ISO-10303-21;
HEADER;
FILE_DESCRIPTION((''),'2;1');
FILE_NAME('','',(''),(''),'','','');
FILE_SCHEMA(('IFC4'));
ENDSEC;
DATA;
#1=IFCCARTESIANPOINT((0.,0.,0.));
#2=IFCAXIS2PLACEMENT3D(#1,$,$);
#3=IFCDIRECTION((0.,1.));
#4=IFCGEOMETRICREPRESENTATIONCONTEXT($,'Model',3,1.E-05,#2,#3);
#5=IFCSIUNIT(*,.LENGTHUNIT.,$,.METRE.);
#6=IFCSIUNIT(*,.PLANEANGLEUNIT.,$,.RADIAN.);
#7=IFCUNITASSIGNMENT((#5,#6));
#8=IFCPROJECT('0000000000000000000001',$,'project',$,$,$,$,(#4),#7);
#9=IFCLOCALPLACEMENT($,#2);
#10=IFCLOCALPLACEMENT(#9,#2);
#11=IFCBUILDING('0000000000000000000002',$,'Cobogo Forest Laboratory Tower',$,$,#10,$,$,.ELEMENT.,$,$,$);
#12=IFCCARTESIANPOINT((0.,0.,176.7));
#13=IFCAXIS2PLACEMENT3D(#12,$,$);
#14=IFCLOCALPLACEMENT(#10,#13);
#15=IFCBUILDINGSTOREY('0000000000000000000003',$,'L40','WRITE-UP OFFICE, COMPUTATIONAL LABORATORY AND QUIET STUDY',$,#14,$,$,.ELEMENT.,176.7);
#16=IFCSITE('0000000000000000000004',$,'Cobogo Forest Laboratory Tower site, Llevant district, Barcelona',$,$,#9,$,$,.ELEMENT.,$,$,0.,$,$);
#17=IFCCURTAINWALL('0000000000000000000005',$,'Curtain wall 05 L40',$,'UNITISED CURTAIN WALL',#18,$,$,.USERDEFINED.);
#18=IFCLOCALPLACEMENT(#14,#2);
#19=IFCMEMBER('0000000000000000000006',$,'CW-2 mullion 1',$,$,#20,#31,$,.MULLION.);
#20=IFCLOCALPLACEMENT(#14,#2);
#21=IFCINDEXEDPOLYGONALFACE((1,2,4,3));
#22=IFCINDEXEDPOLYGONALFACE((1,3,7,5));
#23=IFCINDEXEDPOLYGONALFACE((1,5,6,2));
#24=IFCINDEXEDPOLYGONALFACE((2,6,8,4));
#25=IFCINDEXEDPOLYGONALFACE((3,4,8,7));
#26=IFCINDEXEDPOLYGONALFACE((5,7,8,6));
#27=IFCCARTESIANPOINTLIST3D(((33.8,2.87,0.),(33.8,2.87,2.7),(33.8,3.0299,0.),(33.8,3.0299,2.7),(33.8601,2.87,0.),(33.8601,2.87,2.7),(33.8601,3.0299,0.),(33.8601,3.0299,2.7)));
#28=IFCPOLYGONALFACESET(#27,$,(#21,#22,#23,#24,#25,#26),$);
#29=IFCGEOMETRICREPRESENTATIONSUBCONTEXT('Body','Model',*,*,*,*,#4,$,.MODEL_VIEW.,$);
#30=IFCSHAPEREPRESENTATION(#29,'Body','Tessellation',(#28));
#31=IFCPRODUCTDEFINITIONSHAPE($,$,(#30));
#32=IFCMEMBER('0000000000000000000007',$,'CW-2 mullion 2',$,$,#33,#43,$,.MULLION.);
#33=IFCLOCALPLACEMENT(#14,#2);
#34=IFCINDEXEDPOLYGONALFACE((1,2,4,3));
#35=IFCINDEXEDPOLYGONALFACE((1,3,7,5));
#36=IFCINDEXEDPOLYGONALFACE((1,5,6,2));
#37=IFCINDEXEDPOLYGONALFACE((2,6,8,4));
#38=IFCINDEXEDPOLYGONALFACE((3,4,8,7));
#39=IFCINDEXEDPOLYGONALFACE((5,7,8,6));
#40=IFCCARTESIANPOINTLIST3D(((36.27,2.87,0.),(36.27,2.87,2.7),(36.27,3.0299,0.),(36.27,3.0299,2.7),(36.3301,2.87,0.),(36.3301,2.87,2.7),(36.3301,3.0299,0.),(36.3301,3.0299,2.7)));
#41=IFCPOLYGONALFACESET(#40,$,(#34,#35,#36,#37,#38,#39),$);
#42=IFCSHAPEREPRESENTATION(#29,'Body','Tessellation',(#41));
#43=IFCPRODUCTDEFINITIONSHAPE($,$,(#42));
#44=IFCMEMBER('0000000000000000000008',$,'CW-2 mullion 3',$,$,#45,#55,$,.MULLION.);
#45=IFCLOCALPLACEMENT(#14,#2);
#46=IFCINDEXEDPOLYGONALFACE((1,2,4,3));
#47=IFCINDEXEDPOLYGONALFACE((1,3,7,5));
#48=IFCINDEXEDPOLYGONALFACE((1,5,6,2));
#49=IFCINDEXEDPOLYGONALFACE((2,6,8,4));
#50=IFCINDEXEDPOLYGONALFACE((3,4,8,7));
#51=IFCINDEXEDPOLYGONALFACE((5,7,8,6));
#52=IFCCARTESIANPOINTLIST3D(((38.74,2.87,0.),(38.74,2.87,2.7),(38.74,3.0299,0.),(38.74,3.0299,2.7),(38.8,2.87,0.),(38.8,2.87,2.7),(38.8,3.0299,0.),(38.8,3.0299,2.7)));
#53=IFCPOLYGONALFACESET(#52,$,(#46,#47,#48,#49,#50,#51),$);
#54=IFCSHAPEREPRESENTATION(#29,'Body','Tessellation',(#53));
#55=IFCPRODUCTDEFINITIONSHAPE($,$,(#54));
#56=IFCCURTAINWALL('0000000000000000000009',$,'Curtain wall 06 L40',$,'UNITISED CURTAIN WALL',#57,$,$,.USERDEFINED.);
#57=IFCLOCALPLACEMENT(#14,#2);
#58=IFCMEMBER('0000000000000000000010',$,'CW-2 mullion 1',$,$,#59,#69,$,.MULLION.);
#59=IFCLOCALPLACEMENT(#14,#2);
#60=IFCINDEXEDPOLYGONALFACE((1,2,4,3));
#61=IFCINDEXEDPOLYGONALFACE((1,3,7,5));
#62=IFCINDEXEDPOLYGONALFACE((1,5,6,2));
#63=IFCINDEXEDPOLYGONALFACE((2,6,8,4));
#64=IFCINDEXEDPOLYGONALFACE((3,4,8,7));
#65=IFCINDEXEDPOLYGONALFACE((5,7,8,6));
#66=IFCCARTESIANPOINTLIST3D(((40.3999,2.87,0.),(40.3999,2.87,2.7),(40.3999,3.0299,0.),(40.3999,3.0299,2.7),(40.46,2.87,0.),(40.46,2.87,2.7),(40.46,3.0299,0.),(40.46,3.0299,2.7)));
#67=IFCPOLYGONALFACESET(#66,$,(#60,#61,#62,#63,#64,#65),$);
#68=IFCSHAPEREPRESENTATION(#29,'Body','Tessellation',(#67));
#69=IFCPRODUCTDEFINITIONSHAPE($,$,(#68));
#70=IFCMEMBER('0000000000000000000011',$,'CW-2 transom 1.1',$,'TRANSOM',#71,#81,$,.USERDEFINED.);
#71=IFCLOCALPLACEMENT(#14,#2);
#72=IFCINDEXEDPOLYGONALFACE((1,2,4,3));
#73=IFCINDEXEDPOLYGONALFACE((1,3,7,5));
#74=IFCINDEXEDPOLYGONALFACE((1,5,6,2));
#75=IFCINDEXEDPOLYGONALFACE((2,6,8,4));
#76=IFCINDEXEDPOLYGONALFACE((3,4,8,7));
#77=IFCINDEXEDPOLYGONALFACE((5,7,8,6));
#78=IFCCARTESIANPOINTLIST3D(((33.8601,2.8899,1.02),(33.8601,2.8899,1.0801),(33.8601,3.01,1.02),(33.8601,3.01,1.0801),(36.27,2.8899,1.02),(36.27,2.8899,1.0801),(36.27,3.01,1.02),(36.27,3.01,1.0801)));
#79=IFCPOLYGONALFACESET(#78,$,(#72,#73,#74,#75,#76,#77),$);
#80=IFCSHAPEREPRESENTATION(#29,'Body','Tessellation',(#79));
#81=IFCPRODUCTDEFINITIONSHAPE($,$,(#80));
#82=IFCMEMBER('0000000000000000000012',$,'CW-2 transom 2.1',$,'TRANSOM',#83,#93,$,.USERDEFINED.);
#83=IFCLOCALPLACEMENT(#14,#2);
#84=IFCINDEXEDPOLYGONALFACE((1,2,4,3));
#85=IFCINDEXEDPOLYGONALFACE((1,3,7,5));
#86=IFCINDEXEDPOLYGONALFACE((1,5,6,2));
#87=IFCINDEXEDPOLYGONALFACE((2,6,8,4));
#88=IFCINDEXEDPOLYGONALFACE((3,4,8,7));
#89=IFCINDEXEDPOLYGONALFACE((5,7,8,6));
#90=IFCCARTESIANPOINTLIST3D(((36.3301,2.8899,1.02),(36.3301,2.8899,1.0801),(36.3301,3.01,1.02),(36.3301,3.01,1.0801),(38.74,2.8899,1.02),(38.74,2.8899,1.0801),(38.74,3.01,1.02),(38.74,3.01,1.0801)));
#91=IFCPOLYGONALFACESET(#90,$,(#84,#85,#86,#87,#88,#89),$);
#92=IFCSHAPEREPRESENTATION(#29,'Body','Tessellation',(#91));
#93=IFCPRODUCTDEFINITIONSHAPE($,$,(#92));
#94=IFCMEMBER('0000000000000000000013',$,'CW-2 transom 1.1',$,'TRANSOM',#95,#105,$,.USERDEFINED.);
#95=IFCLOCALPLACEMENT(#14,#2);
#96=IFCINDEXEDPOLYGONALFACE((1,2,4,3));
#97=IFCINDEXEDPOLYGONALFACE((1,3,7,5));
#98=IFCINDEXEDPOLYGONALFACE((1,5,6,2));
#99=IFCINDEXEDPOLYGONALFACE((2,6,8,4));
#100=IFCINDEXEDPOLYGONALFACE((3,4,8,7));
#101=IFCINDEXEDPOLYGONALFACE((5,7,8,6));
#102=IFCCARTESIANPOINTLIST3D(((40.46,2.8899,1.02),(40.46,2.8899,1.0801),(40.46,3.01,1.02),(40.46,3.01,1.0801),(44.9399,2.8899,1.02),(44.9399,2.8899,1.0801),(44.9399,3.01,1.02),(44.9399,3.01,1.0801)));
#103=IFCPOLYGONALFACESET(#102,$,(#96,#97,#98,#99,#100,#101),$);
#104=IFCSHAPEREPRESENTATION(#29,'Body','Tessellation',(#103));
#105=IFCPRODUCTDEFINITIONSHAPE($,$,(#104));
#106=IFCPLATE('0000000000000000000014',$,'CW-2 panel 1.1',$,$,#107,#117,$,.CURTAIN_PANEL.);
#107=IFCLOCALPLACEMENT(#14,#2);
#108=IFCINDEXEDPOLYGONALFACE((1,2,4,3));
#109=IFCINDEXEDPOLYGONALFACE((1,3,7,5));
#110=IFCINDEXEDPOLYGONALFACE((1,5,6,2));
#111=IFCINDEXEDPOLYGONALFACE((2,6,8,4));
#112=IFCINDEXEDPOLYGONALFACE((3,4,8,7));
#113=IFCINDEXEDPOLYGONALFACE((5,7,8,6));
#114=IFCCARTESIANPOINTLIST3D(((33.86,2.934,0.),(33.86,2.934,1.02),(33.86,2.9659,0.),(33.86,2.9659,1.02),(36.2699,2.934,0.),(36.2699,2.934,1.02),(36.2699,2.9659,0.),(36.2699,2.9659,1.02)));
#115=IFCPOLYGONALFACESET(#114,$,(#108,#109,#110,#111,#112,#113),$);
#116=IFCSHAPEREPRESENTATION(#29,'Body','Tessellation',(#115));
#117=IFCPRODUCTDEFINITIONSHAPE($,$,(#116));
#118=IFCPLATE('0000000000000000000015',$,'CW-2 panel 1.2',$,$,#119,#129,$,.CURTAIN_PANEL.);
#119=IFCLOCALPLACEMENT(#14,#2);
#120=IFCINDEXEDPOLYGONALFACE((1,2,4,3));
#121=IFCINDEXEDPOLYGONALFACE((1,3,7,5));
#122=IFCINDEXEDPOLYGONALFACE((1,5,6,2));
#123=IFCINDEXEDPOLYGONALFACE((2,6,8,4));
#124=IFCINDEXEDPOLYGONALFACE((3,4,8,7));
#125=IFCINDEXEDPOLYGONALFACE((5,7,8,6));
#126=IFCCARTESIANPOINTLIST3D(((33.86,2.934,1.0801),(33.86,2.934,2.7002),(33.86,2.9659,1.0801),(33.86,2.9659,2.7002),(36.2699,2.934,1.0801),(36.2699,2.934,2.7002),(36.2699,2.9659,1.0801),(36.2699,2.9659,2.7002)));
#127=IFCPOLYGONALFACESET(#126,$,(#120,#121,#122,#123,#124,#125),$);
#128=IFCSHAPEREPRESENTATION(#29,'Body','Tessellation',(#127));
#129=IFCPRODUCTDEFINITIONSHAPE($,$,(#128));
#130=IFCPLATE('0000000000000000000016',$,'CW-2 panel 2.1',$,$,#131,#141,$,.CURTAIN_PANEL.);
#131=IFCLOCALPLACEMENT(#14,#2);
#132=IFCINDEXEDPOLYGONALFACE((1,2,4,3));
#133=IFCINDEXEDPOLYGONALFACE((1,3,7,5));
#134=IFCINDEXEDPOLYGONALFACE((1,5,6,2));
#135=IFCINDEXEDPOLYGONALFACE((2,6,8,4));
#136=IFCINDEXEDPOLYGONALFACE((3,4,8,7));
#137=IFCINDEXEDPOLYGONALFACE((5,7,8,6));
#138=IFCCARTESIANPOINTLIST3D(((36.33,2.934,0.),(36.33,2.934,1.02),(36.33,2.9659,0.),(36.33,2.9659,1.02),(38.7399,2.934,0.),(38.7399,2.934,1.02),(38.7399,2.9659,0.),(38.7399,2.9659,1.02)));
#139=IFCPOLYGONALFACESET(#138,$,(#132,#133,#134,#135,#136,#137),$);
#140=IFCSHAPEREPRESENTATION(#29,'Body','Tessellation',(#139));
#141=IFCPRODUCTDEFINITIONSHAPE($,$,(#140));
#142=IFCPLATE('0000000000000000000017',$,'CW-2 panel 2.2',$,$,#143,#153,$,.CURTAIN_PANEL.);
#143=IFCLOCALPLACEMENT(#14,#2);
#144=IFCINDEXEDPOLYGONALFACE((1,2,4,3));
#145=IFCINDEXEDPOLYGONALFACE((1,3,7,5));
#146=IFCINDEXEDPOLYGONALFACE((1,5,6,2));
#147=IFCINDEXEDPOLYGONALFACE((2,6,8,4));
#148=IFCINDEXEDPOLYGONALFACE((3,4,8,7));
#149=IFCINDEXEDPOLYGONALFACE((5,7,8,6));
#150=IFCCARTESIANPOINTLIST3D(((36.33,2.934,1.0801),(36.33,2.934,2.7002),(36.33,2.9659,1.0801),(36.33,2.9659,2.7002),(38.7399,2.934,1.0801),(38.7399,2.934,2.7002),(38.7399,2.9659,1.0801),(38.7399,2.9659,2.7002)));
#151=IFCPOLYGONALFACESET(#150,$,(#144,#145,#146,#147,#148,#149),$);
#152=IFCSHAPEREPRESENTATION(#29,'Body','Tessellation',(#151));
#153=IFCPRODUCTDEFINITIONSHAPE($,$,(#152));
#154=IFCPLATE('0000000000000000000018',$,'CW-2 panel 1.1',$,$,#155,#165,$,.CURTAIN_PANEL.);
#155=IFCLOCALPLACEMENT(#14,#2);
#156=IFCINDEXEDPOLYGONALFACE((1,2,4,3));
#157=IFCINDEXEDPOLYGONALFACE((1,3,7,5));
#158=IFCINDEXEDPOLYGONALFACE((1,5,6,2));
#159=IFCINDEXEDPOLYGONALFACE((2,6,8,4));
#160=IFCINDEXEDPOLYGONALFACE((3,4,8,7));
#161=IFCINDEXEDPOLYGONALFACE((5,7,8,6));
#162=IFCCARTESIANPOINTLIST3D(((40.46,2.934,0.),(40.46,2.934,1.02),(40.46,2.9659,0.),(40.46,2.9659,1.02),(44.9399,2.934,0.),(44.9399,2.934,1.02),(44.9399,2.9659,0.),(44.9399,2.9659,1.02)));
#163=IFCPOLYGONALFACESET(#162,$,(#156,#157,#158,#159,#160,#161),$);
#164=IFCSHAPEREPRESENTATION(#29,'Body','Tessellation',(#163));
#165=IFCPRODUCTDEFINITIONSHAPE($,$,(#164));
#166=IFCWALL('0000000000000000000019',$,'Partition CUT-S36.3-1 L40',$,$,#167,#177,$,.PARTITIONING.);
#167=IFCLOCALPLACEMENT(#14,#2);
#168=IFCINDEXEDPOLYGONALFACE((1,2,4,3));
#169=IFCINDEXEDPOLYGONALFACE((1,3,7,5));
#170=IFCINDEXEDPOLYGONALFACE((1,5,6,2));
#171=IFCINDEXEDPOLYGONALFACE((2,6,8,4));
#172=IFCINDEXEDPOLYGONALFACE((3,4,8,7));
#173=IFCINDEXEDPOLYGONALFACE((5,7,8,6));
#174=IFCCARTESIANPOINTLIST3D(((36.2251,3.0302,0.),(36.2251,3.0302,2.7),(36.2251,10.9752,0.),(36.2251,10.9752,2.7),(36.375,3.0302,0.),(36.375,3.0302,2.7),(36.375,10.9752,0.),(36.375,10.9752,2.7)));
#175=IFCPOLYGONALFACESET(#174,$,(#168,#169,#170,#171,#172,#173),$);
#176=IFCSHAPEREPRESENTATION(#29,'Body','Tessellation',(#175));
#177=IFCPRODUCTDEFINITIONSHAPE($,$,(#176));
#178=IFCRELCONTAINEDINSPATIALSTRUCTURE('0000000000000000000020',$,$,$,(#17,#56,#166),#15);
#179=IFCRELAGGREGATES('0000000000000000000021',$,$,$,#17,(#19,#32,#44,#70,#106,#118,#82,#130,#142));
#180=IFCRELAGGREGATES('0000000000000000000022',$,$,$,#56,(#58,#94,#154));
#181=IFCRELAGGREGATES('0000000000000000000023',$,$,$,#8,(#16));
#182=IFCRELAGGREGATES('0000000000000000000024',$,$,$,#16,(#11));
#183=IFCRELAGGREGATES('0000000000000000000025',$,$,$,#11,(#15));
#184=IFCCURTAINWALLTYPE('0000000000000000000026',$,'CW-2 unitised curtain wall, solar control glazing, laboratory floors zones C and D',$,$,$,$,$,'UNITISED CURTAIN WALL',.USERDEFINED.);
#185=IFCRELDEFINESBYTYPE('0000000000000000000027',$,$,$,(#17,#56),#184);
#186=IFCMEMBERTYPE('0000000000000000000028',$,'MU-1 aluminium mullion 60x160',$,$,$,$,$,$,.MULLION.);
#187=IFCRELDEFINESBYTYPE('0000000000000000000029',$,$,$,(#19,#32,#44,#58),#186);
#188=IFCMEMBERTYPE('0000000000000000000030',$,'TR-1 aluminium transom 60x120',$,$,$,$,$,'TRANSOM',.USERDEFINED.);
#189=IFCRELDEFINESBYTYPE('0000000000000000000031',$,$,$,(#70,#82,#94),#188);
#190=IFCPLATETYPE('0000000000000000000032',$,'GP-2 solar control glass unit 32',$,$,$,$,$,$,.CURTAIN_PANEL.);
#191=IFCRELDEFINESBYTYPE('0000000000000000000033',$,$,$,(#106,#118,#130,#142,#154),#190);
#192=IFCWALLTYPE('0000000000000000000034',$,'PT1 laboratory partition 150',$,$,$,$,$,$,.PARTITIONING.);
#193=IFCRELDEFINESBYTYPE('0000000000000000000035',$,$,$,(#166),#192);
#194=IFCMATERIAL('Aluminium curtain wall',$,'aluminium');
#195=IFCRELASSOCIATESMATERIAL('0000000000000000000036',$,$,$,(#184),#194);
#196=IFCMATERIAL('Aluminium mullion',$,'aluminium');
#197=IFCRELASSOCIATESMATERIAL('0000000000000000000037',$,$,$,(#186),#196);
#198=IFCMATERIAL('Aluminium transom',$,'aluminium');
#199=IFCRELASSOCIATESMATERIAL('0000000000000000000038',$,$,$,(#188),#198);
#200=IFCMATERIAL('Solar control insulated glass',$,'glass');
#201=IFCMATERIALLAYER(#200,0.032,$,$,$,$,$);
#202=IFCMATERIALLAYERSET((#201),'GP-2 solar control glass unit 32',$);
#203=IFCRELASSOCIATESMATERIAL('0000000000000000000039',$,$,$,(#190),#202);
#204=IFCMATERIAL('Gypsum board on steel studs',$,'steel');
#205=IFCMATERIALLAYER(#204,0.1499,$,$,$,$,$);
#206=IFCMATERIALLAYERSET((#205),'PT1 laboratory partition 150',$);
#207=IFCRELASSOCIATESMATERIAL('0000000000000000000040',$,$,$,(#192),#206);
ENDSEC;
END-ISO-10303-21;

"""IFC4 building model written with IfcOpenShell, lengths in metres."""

from ifc_helpers import new_model, si_unit, direction, frame, frame_2d, origin, origin_2d, place, context, subcontext, project, spatial, rectangle, extrude, material, layer, layer_set, material_profile, profile_set, type_object, element, aggregate, save


model = new_model("IFC4")

# Units and contexts
model_context = context("Model", 3, precision=1e-05, world=origin(), true_north=direction((0.0, 1.0)))
body_context = subcontext(model_context, "Body", "Model", "MODEL_VIEW")
ifc_project = project(units=[si_unit("LENGTHUNIT", "METRE"), si_unit("PLANEANGLEUNIT", "RADIAN")], contexts=[model_context])

# Site, building, storey
site_placement = place(None, origin())
site = spatial("IfcSite", under=ifc_project, at=site_placement, Name="Cobogo Forest Laboratory Tower site, Llevant district, Barcelona", CompositionType="ELEMENT", RefElevation=0.0)
building_placement = place(site_placement, origin())
building = spatial("IfcBuilding", under=site, at=building_placement, Name="Cobogo Forest Laboratory Tower", CompositionType="ELEMENT")
storey_placement = place(building_placement, frame((0.0, 0.0, 176.7)))
storey = spatial("IfcBuildingStorey", under=building, at=storey_placement, Name="L40", Description="WRITE-UP OFFICE, COMPUTATIONAL LABORATORY AND QUIET STUDY", CompositionType="ELEMENT", Elevation=176.7)

# Curtain wall, members
ifc_material_1 = material(Name="Aluminium curtain wall", Category="aluminium")
curtain_wall_type = type_object("IfcCurtainWallType", Name="CW-2 unitised curtain wall, solar control glazing, laboratory floors zones C and D", ElementType="UNITISED CURTAIN WALL", PredefinedType="USERDEFINED", material=ifc_material_1)
curtain_wall_1_placement = place(storey_placement, origin())
curtain_wall_1 = element("IfcCurtainWall", 1, at=curtain_wall_1_placement, inside=storey, type_object=curtain_wall_type, Name="Curtain wall 05 L40", ObjectType="UNITISED CURTAIN WALL", PredefinedType="USERDEFINED")
ifc_material_2 = material(Name="Aluminium mullion", Category="aluminium")
ifc_material_profile_1 = material_profile(ifc_material_2, rectangle(XDim=0.0601, YDim=0.1599, at=origin_2d()), Name="AL 60x160")
ifc_profile_set_1 = profile_set([ifc_material_profile_1], Name="Aluminium mullion")
member_type_1 = type_object("IfcMemberType", Name="MU-1 aluminium mullion 60x160", PredefinedType="MULLION", material=ifc_profile_set_1)
member_1_placement = place(storey_placement, frame((33.8301, 2.95, 0.0), z_axis=(0.0, 0.0, 1.0), x_axis=(1.0, 0.0, 0.0)))
member_1 = element("IfcMember", 2, at=member_1_placement, type_object=member_type_1, Name="CW-2 mullion 1", PredefinedType="MULLION", context=body_context, shape_type="SweptSolid", body=[
    extrude(rectangle(XDim=0.0601, YDim=0.1599, at=origin_2d()), origin(), (0.0, 0.0, 1.0), 2.7),
])
member_2_placement = place(storey_placement, frame((36.3, 2.95, 0.0), z_axis=(0.0, 0.0, 1.0), x_axis=(1.0, 0.0, 0.0)))
member_2 = element("IfcMember", 3, at=member_2_placement, type_object=member_type_1, Name="CW-2 mullion 2", PredefinedType="MULLION", context=body_context, shape_type="SweptSolid", body=[
    extrude(rectangle(XDim=0.0601, YDim=0.1599, at=origin_2d()), origin(), (0.0, 0.0, 1.0), 2.7),
])
member_3_placement = place(storey_placement, frame((38.77, 2.95, 0.0), z_axis=(0.0, 0.0, 1.0), x_axis=(1.0, 0.0, 0.0)))
member_3 = element("IfcMember", 4, at=member_3_placement, type_object=member_type_1, Name="CW-2 mullion 3", PredefinedType="MULLION", context=body_context, shape_type="SweptSolid", body=[
    extrude(rectangle(XDim=0.0601, YDim=0.1599, at=origin_2d()), origin(), (0.0, 0.0, 1.0), 2.7),
])

# Curtain wall, member
curtain_wall_2_placement = place(storey_placement, origin())
curtain_wall_2 = element("IfcCurtainWall", 5, at=curtain_wall_2_placement, inside=storey, type_object=curtain_wall_type, Name="Curtain wall 06 L40", ObjectType="UNITISED CURTAIN WALL", PredefinedType="USERDEFINED")
member_4_placement = place(storey_placement, frame((40.4299, 2.95, 0.0), z_axis=(0.0, 0.0, 1.0), x_axis=(1.0, 0.0, 0.0)))
member_4 = element("IfcMember", 6, at=member_4_placement, type_object=member_type_1, Name="CW-2 mullion 1", PredefinedType="MULLION", context=body_context, shape_type="SweptSolid", body=[
    extrude(rectangle(XDim=0.0601, YDim=0.1599, at=origin_2d()), origin(), (0.0, 0.0, 1.0), 2.7),
])

# Members
ifc_material_3 = material(Name="Aluminium transom", Category="aluminium")
ifc_material_profile_2 = material_profile(ifc_material_3, rectangle(XDim=0.1201, YDim=0.0601, at=origin_2d()), Name="AL 60x120")
ifc_profile_set_2 = profile_set([ifc_material_profile_2], Name="Aluminium transom")
member_type_2 = type_object("IfcMemberType", Name="TR-1 aluminium transom 60x120", ElementType="TRANSOM", PredefinedType="USERDEFINED", material=ifc_profile_set_2)
member_5_placement = place(storey_placement, frame((33.8601, 2.95, 1.05), z_axis=(1.0, 0.0, 0.0), x_axis=(0.0, 1.0, 0.0)))
member_5 = element("IfcMember", 7, at=member_5_placement, type_object=member_type_2, Name="CW-2 transom 1.1", ObjectType="TRANSOM", PredefinedType="USERDEFINED", context=body_context, shape_type="SweptSolid", body=[
    extrude(rectangle(XDim=0.1201, YDim=0.0601, at=origin_2d()), origin(), (0.0, 0.0, 1.0), 2.4099),
])
member_6_placement = place(storey_placement, frame((36.3301, 2.95, 1.05), z_axis=(1.0, 0.0, 0.0), x_axis=(0.0, 1.0, 0.0)))
member_6 = element("IfcMember", 8, at=member_6_placement, type_object=member_type_2, Name="CW-2 transom 2.1", ObjectType="TRANSOM", PredefinedType="USERDEFINED", context=body_context, shape_type="SweptSolid", body=[
    extrude(rectangle(XDim=0.1201, YDim=0.0601, at=origin_2d()), origin(), (0.0, 0.0, 1.0), 2.4099),
])
member_7_placement = place(storey_placement, frame((40.46, 2.95, 1.05), z_axis=(1.0, 0.0, 0.0), x_axis=(0.0, 1.0, 0.0)))
member_7 = element("IfcMember", 9, at=member_7_placement, type_object=member_type_2, Name="CW-2 transom 1.1", ObjectType="TRANSOM", PredefinedType="USERDEFINED", context=body_context, shape_type="SweptSolid", body=[
    extrude(rectangle(XDim=0.1201, YDim=0.0601, at=origin_2d()), origin(), (0.0, 0.0, 1.0), 4.48),
])

# Plates
ifc_material_4 = material(Name="Solar control insulated glass", Category="glass")
ifc_layer_1 = layer(ifc_material_4, 0.032)
ifc_layer_set_1 = layer_set([ifc_layer_1], Name="GP-2 solar control glass unit 32")
plate_type_1 = type_object("IfcPlateType", Name="GP-2 solar control glass unit 32", PredefinedType="CURTAIN_PANEL", material=ifc_layer_set_1)
plate_1_placement = place(storey_placement, frame((35.0649, 2.95, 0.0), z_axis=(0.0, 0.0, 1.0), x_axis=(1.0, 0.0, 0.0)))
plate_1 = element("IfcPlate", 10, at=plate_1_placement, type_object=plate_type_1, Name="CW-2 panel 1.1", PredefinedType="CURTAIN_PANEL", context=body_context, shape_type="SweptSolid", body=[
    extrude(rectangle(XDim=2.4099, YDim=0.032, at=origin_2d()), origin(), (0.0, 0.0, 1.0), 1.02),
])
plate_2_placement = place(storey_placement, frame((35.0649, 2.95, 1.0801), z_axis=(0.0, 0.0, 1.0), x_axis=(1.0, 0.0, 0.0)))
plate_2 = element("IfcPlate", 11, at=plate_2_placement, type_object=plate_type_1, Name="CW-2 panel 1.2", PredefinedType="CURTAIN_PANEL", context=body_context, shape_type="SweptSolid", body=[
    extrude(rectangle(XDim=2.4099, YDim=0.032, at=origin_2d()), origin(), (0.0, 0.0, 1.0), 1.6201),
])
plate_3_placement = place(storey_placement, frame((37.5349, 2.95, 0.0), z_axis=(0.0, 0.0, 1.0), x_axis=(1.0, 0.0, 0.0)))
plate_3 = element("IfcPlate", 12, at=plate_3_placement, type_object=plate_type_1, Name="CW-2 panel 2.1", PredefinedType="CURTAIN_PANEL", context=body_context, shape_type="SweptSolid", body=[
    extrude(rectangle(XDim=2.4099, YDim=0.032, at=origin_2d()), origin(), (0.0, 0.0, 1.0), 1.02),
])
plate_4_placement = place(storey_placement, frame((37.5349, 2.95, 1.0801), z_axis=(0.0, 0.0, 1.0), x_axis=(1.0, 0.0, 0.0)))
plate_4 = element("IfcPlate", 13, at=plate_4_placement, type_object=plate_type_1, Name="CW-2 panel 2.2", PredefinedType="CURTAIN_PANEL", context=body_context, shape_type="SweptSolid", body=[
    extrude(rectangle(XDim=2.4099, YDim=0.032, at=origin_2d()), origin(), (0.0, 0.0, 1.0), 1.6201),
])
aggregate(curtain_wall_1, [member_1, member_2, member_3, member_5, plate_1, plate_2, member_6, plate_3, plate_4])
plate_5_placement = place(storey_placement, frame((42.7, 2.95, 0.0), z_axis=(0.0, 0.0, 1.0), x_axis=(1.0, 0.0, 0.0)))
plate_5 = element("IfcPlate", 14, at=plate_5_placement, type_object=plate_type_1, Name="CW-2 panel 1.1", PredefinedType="CURTAIN_PANEL", context=body_context, shape_type="SweptSolid", body=[
    extrude(rectangle(XDim=4.48, YDim=0.032, at=origin_2d()), origin(), (0.0, 0.0, 1.0), 1.02),
])
aggregate(curtain_wall_2, [member_4, member_7, plate_5])

# Wall
ifc_material_5 = material(Name="Gypsum board on steel studs", Category="steel")
ifc_layer_2 = layer(ifc_material_5, 0.1499)
ifc_layer_set_2 = layer_set([ifc_layer_2], Name="PT1 laboratory partition 150")
wall_type = type_object("IfcWallType", Name="PT1 laboratory partition 150", PredefinedType="PARTITIONING", material=ifc_layer_set_2)
wall_placement = place(storey_placement, frame((36.3, 3.03, 0.0), z_axis=(0.0, 0.0, 1.0), x_axis=(0.0, 1.0, 0.0)))
element("IfcWall", 15, at=wall_placement, inside=storey, type_object=wall_type, Name="Partition CUT-S36.3-1 L40", PredefinedType="PARTITIONING", context=body_context, shape_type="SweptSolid", body=[
    extrude(rectangle(XDim=7.9451, YDim=0.1499, at=frame_2d((3.9727, 0.0))), origin(), (0.0, 0.0, 1.0), 2.7),
])

save(model, "model.ifc")
